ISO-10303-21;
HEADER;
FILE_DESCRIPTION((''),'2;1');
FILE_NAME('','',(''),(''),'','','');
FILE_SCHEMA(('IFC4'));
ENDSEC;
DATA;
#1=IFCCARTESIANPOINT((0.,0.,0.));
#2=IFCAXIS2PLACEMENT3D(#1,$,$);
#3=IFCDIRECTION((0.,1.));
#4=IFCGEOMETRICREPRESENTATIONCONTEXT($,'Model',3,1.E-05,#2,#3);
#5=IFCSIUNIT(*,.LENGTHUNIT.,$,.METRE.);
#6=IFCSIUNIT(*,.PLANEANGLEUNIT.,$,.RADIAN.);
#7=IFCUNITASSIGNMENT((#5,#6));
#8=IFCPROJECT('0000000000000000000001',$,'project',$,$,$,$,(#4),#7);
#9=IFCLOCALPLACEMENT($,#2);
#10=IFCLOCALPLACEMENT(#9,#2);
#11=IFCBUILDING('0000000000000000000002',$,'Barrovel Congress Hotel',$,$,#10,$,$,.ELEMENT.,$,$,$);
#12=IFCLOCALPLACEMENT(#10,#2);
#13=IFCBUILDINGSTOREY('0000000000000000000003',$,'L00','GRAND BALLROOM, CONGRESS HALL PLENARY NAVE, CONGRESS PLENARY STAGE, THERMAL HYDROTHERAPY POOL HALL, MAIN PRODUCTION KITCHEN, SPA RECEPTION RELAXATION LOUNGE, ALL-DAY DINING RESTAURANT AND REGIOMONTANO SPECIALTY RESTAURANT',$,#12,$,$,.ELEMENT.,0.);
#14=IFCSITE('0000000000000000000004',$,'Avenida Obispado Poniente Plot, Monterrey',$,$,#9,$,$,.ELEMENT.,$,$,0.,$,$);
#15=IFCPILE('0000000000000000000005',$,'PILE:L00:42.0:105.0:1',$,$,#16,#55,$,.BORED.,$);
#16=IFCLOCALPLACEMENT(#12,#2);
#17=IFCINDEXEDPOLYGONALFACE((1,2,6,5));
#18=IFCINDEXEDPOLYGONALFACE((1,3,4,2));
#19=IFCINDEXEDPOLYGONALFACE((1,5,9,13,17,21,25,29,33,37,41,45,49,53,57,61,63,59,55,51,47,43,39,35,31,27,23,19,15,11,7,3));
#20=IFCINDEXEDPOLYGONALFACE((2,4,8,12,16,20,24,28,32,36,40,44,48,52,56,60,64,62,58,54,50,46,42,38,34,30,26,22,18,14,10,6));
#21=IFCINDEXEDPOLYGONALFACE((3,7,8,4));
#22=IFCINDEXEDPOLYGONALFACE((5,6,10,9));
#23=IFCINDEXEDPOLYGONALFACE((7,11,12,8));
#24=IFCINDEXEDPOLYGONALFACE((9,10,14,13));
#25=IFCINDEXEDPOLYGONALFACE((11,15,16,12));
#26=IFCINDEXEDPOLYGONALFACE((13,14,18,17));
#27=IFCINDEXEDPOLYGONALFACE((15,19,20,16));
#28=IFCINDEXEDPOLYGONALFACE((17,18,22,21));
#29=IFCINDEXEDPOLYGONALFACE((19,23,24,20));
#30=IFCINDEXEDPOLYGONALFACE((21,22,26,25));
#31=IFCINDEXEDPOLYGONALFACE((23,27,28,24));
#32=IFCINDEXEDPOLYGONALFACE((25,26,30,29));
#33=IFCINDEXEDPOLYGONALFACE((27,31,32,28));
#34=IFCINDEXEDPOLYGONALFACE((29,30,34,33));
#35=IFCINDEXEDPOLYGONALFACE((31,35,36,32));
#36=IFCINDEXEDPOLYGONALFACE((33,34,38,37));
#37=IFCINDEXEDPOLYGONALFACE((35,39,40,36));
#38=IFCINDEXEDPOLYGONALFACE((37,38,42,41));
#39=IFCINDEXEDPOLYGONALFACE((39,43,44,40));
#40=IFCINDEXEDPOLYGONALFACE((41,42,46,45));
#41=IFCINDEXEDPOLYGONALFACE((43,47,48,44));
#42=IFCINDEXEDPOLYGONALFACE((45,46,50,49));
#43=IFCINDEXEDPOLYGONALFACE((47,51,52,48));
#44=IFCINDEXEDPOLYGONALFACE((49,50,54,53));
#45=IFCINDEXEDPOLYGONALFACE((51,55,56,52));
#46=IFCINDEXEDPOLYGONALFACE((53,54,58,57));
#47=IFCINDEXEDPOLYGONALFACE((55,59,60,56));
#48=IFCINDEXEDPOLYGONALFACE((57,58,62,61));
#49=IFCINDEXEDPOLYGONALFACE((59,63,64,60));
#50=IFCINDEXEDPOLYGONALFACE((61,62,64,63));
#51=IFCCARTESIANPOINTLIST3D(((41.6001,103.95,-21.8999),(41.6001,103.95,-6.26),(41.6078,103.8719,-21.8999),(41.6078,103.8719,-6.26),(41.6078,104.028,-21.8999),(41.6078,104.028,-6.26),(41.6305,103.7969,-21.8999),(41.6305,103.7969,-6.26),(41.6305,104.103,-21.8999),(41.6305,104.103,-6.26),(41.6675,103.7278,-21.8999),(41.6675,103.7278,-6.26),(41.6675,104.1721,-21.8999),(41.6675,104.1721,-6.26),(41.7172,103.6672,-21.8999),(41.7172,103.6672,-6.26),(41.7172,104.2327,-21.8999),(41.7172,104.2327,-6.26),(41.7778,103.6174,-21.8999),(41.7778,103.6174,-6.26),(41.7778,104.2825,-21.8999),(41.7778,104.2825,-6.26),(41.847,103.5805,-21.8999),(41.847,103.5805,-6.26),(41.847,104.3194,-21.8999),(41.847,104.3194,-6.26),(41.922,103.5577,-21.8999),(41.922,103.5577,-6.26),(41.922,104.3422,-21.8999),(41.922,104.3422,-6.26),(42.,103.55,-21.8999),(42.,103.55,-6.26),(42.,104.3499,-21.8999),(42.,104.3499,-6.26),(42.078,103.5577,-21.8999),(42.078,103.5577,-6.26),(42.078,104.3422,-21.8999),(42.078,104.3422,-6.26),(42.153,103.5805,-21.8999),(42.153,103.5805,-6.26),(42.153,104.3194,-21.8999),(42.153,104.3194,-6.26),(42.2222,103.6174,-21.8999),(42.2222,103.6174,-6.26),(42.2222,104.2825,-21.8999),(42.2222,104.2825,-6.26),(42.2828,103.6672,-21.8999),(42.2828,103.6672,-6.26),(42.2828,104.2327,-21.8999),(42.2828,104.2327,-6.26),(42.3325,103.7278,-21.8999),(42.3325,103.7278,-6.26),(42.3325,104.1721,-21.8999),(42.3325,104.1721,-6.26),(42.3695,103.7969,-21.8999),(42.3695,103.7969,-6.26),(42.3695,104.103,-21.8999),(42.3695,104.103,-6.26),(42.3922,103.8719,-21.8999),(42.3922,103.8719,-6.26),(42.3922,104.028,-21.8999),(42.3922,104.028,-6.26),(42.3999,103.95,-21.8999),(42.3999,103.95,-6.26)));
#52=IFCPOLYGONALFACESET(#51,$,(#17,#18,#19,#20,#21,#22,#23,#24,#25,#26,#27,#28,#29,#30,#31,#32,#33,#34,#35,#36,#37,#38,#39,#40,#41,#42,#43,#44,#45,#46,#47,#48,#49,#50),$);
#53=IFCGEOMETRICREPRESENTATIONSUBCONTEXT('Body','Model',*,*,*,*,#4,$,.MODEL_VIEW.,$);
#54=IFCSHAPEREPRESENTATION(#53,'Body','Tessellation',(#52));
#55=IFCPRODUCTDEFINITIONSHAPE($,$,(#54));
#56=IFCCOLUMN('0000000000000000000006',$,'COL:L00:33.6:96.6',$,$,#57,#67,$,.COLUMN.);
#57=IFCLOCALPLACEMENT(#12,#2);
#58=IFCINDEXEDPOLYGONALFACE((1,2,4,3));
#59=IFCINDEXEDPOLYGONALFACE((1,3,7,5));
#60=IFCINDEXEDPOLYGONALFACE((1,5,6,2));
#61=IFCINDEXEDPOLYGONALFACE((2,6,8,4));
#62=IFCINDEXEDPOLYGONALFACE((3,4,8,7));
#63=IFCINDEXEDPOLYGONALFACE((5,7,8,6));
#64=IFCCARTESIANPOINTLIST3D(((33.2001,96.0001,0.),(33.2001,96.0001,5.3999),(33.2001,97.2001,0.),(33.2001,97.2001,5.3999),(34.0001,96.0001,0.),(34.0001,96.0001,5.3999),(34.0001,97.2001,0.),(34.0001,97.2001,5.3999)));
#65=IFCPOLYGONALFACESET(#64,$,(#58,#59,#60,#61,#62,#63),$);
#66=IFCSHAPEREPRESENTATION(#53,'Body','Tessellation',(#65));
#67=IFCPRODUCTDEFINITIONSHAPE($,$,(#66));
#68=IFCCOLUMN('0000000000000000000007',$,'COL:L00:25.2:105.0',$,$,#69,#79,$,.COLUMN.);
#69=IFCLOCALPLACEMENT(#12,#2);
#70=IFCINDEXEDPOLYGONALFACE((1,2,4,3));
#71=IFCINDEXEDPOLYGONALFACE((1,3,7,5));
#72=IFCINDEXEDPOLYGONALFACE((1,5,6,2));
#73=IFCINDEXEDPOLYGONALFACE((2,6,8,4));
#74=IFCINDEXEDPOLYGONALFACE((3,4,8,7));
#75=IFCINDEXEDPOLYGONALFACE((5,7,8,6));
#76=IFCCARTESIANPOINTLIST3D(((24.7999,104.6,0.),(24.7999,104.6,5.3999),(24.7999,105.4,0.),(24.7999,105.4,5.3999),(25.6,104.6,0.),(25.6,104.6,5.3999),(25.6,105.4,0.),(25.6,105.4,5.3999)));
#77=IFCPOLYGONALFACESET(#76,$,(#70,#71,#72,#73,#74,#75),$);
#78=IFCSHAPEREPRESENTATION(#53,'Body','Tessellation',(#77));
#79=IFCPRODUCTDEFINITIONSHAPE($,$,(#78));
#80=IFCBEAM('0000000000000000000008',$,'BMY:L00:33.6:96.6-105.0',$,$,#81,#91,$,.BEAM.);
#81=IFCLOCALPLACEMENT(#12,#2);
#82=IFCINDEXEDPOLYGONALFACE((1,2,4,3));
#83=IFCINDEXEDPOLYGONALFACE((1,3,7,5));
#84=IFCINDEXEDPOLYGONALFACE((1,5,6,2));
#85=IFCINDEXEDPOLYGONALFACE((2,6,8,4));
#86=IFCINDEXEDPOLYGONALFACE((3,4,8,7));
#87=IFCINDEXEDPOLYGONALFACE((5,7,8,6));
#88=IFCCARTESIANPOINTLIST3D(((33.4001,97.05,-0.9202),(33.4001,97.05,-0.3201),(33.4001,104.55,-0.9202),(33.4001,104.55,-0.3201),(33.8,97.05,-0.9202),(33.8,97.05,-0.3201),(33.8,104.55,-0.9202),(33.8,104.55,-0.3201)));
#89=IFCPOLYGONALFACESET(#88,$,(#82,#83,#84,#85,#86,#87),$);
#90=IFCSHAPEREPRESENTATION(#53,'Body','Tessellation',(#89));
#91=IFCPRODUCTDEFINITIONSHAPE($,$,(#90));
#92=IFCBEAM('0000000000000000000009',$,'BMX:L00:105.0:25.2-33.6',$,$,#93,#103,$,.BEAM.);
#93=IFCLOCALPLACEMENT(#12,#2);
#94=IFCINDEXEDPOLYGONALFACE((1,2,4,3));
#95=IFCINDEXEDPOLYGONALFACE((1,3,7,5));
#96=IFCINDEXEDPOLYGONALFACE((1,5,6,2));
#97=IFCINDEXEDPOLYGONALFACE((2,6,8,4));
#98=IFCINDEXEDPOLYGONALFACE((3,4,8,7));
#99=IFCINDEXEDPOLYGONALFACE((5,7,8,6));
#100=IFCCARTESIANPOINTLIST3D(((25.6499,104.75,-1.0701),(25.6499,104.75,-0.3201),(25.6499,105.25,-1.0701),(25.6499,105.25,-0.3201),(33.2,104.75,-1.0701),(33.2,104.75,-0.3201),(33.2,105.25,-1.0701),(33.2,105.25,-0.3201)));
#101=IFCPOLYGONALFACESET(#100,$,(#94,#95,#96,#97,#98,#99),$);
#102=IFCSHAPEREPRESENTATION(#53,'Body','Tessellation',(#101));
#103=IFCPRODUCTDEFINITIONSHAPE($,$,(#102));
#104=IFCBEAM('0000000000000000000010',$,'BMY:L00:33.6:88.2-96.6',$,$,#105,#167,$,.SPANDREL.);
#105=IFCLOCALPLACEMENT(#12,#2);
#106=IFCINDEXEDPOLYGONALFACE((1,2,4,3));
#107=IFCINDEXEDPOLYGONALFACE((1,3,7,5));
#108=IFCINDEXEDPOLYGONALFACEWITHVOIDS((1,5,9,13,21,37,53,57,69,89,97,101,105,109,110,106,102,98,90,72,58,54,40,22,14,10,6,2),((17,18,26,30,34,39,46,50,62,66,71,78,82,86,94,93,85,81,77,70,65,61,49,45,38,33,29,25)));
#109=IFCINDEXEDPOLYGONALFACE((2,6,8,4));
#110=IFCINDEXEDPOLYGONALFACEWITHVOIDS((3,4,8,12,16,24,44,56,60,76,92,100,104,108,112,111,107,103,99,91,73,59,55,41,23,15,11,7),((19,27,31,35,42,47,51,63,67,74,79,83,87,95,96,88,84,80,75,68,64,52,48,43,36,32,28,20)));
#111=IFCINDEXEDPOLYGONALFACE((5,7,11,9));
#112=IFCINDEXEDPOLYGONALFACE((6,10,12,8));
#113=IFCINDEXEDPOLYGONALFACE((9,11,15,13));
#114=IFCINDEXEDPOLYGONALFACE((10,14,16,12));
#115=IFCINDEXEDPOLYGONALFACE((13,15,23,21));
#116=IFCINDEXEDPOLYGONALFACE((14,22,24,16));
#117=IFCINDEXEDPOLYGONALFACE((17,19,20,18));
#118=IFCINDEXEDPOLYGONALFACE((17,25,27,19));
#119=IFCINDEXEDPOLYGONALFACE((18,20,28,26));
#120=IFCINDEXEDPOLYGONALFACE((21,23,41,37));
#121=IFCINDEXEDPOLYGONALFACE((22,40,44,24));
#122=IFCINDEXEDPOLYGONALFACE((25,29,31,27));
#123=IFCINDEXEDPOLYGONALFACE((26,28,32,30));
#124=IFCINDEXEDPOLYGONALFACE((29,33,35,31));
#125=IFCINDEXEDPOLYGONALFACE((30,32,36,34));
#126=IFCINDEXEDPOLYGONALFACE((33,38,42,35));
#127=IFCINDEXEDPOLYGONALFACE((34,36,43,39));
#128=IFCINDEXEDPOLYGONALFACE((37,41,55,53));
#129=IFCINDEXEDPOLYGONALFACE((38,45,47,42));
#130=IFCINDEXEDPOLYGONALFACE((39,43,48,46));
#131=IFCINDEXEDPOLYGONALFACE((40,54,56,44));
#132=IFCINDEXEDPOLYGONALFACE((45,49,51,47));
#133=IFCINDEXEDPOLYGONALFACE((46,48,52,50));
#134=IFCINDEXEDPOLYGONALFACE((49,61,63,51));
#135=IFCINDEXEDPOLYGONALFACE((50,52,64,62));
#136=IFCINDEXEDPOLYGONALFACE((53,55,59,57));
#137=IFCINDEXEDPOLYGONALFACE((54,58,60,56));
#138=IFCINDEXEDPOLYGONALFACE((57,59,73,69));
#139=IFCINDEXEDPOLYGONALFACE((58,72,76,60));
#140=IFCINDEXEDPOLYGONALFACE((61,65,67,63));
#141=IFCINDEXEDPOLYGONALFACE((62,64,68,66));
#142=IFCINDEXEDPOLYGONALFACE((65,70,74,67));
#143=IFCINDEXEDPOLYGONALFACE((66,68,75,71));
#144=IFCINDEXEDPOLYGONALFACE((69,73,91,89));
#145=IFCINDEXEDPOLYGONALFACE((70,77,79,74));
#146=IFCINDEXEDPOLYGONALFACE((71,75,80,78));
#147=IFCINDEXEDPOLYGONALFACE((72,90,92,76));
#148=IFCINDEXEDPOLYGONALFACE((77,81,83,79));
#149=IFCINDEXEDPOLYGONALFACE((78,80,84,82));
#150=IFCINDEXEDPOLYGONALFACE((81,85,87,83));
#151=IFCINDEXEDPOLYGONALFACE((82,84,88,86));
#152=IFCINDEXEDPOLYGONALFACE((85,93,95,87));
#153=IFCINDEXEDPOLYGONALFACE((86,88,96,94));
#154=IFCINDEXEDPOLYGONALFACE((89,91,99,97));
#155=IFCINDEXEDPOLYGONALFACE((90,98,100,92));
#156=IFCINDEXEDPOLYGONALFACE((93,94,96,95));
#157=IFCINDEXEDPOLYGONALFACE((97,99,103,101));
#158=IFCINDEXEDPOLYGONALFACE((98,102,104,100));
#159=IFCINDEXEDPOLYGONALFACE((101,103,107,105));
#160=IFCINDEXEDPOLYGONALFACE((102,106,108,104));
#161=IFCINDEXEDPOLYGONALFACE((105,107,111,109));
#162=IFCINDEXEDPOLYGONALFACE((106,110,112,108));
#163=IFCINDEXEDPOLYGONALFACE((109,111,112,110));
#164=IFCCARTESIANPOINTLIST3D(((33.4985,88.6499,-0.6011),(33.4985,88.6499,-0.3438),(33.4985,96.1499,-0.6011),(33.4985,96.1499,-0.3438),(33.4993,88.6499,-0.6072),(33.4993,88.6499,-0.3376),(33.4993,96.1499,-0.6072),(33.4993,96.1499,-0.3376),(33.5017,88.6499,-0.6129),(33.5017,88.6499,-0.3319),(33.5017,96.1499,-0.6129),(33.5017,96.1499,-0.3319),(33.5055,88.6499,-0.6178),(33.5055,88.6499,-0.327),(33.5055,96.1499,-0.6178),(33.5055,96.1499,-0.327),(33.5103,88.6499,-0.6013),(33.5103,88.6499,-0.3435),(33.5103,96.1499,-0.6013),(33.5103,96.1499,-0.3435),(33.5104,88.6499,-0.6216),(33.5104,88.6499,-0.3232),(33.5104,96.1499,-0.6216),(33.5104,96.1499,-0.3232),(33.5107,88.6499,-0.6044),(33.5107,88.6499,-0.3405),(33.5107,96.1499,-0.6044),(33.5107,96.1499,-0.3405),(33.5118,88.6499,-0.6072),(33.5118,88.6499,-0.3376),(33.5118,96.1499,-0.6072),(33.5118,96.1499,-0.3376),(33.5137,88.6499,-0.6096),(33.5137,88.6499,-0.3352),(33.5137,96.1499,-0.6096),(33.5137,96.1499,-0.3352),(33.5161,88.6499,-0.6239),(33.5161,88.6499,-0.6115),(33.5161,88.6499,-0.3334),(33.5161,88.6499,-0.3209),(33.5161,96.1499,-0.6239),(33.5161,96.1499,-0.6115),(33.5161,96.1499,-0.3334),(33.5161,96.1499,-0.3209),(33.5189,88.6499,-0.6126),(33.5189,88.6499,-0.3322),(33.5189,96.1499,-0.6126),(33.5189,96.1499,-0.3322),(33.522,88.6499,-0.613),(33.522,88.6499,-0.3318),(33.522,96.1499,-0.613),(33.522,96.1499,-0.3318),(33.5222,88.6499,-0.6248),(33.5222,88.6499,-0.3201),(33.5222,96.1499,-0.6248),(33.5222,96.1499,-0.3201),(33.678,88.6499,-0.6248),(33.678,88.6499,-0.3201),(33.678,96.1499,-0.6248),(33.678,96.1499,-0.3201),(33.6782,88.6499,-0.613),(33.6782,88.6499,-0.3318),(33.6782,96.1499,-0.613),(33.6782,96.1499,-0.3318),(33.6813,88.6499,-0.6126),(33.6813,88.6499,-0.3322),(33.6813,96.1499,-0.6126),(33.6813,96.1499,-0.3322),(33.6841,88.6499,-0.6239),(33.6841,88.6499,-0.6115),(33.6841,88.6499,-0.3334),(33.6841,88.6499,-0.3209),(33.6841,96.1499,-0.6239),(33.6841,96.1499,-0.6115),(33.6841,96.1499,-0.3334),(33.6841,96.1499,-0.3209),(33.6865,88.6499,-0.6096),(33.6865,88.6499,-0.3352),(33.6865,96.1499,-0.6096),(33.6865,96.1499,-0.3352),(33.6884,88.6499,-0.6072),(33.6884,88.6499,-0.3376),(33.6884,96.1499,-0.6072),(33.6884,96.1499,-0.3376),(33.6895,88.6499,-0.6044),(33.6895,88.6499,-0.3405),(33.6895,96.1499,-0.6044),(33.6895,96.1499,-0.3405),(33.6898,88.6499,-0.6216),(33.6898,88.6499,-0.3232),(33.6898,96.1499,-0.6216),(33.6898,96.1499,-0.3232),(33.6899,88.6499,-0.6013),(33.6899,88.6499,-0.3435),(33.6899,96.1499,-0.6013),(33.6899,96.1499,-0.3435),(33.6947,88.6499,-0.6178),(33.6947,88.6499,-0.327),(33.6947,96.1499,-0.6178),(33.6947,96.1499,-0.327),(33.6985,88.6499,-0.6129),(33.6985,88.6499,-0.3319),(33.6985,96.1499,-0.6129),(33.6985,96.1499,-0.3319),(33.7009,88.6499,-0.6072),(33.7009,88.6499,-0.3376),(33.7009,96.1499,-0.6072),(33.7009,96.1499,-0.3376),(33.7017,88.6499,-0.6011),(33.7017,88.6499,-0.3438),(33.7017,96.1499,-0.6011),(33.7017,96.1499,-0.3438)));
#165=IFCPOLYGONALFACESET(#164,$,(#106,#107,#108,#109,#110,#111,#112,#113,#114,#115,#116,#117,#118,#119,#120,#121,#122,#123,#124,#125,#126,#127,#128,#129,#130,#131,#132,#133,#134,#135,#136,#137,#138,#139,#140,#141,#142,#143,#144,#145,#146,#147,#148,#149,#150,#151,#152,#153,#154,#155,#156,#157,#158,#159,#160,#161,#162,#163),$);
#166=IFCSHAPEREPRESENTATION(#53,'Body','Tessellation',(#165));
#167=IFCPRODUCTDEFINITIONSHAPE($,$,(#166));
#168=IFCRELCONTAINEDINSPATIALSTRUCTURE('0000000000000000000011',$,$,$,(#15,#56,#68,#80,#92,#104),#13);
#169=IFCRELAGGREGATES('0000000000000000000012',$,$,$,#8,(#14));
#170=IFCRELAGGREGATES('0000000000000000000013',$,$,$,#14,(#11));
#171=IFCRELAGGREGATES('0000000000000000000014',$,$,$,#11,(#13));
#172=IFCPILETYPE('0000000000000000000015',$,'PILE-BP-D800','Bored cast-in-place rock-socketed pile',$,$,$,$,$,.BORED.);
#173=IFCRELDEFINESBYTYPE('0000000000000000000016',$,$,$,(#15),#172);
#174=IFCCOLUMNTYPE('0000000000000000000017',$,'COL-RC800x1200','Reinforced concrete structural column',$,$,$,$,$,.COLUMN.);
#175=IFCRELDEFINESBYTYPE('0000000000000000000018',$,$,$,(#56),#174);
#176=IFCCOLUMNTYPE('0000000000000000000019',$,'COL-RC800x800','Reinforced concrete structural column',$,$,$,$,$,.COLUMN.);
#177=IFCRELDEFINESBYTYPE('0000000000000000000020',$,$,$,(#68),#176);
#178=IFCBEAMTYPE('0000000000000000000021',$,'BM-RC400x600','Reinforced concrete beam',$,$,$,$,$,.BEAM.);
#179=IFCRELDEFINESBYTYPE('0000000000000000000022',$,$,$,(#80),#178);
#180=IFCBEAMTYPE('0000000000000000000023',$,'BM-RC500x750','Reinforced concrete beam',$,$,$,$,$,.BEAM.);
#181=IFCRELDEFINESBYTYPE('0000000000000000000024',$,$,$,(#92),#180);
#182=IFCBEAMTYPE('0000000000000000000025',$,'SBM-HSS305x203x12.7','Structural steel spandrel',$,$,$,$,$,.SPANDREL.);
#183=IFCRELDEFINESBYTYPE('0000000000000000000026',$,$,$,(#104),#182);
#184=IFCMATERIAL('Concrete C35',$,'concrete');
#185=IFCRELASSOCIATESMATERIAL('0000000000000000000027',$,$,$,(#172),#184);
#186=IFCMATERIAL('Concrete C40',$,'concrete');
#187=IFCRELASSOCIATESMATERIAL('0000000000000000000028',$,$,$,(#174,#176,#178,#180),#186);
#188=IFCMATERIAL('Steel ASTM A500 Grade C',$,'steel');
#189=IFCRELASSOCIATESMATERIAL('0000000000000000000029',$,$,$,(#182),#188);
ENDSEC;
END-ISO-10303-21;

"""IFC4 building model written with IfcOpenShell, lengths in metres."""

from ifc_helpers import new_model, si_unit, direction, frame, origin, origin_2d, place, context, subcontext, project, spatial, rectangle, hollow_rectangle, circle, extrude, material, material_profile, profile_set, type_object, element, save


model = new_model("IFC4")

# Units and contexts
model_context = context("Model", 3, precision=1e-05, world=origin(), true_north=direction((0.0, 1.0)))
body_context = subcontext(model_context, "Body", "Model", "MODEL_VIEW")
ifc_project = project(units=[si_unit("LENGTHUNIT", "METRE"), si_unit("PLANEANGLEUNIT", "RADIAN")], contexts=[model_context])

# Site, building, storey
site_placement = place(None, origin())
site = spatial("IfcSite", under=ifc_project, at=site_placement, Name="Avenida Obispado Poniente Plot, Monterrey", CompositionType="ELEMENT", RefElevation=0.0)
building_placement = place(site_placement, origin())
building = spatial("IfcBuilding", under=site, at=building_placement, Name="Barrovel Congress Hotel", CompositionType="ELEMENT")
storey_placement = place(building_placement, origin())
storey = spatial("IfcBuildingStorey", under=building, at=storey_placement, Name="L00", Description="GRAND BALLROOM, CONGRESS HALL PLENARY NAVE, CONGRESS PLENARY STAGE, THERMAL HYDROTHERAPY POOL HALL, MAIN PRODUCTION KITCHEN, SPA RECEPTION RELAXATION LOUNGE, ALL-DAY DINING RESTAURANT AND REGIOMONTANO SPECIALTY RESTAURANT", CompositionType="ELEMENT", Elevation=0.0)

# Shared definitions
ifc_material_1 = material(Name="Concrete C40", Category="concrete")

# Pile
ifc_material_2 = material(Name="Concrete C35", Category="concrete")
ifc_material_profile_1 = material_profile(ifc_material_2, circle(Radius=0.3999, at=origin_2d()), Name="BP-D800")
ifc_profile_set_1 = profile_set([ifc_material_profile_1], Name="Concrete C35")
pile_type_1 = type_object("IfcPileType", Name="PILE-BP-D800", Description="Bored cast-in-place rock-socketed pile", PredefinedType="BORED", material=ifc_profile_set_1)
for number, where, z_axis, x_axis, name in (
    (1, (42.0, 103.95, -6.26), (0.0, 0.0, -1.0), (1.0, 0.0, 0.0), "PILE:L00:42.0:105.0:1"),
):
    element("IfcPile", number, at=place(storey_placement, frame(where, z_axis=z_axis, x_axis=x_axis)), inside=storey, type_object=pile_type_1, Name=name, PredefinedType="BORED", context=body_context, shape_type="SweptSolid", body=[
        extrude(circle(Radius=0.3999, at=origin_2d()), origin(), (0.0, 0.0, 1.0), 15.6399),
    ])

# Columns
ifc_material_profile_2 = material_profile(ifc_material_1, rectangle(XDim=0.8, YDim=1.2, at=origin_2d()), Name="RC800x1200")
ifc_profile_set_2 = profile_set([ifc_material_profile_2], Name="Concrete C40")
column_type_1 = type_object("IfcColumnType", Name="COL-RC800x1200", Description="Reinforced concrete structural column", PredefinedType="COLUMN", material=ifc_profile_set_2)
column_1_placement = place(storey_placement, frame((33.6001, 96.6001, 0.0), z_axis=(0.0, 0.0, 1.0), x_axis=(1.0, 0.0, 0.0)))
element("IfcColumn", 2, at=column_1_placement, inside=storey, type_object=column_type_1, Name="COL:L00:33.6:96.6", PredefinedType="COLUMN", context=body_context, shape_type="SweptSolid", body=[
    extrude(rectangle(XDim=0.8, YDim=1.2, at=origin_2d()), origin(), (0.0, 0.0, 1.0), 5.3999),
])
ifc_material_profile_3 = material_profile(ifc_material_1, rectangle(XDim=0.8, YDim=0.8, at=origin_2d()), Name="RC800x800")
ifc_profile_set_3 = profile_set([ifc_material_profile_3], Name="Concrete C40")
column_type_2 = type_object("IfcColumnType", Name="COL-RC800x800", Description="Reinforced concrete structural column", PredefinedType="COLUMN", material=ifc_profile_set_3)
column_2_placement = place(storey_placement, frame((25.2, 105.0, 0.0), z_axis=(0.0, 0.0, 1.0), x_axis=(1.0, 0.0, 0.0)))
element("IfcColumn", 3, at=column_2_placement, inside=storey, type_object=column_type_2, Name="COL:L00:25.2:105.0", PredefinedType="COLUMN", context=body_context, shape_type="SweptSolid", body=[
    extrude(rectangle(XDim=0.8, YDim=0.8, at=origin_2d()), origin(), (0.0, 0.0, 1.0), 5.3999),
])

# Beams
ifc_material_profile_4 = material_profile(ifc_material_1, rectangle(XDim=0.3999, YDim=0.6001, at=origin_2d()), Name="RC400x600")
ifc_profile_set_4 = profile_set([ifc_material_profile_4], Name="Concrete C40")
beam_type_1 = type_object("IfcBeamType", Name="BM-RC400x600", Description="Reinforced concrete beam", PredefinedType="BEAM", material=ifc_profile_set_4)
beam_1_placement = place(storey_placement, frame((33.6001, 97.05, -0.6201), z_axis=(0.0, 1.0, 0.0), x_axis=(-1.0, 0.0, 0.0)))
element("IfcBeam", 4, at=beam_1_placement, inside=storey, type_object=beam_type_1, Name="BMY:L00:33.6:96.6-105.0", PredefinedType="BEAM", context=body_context, shape_type="SweptSolid", body=[
    extrude(rectangle(XDim=0.3999, YDim=0.6001, at=origin_2d()), origin(), (0.0, 0.0, 1.0), 7.5),
])
ifc_material_profile_5 = material_profile(ifc_material_1, rectangle(XDim=0.5, YDim=0.75, at=origin_2d()), Name="RC500x750")
ifc_profile_set_5 = profile_set([ifc_material_profile_5], Name="Concrete C40")
beam_type_2 = type_object("IfcBeamType", Name="BM-RC500x750", Description="Reinforced concrete beam", PredefinedType="BEAM", material=ifc_profile_set_5)
beam_2_placement = place(storey_placement, frame((25.6499, 105.0, -0.6951), z_axis=(1.0, 0.0, 0.0), x_axis=(0.0, 1.0, 0.0)))
element("IfcBeam", 5, at=beam_2_placement, inside=storey, type_object=beam_type_2, Name="BMX:L00:105.0:25.2-33.6", PredefinedType="BEAM", context=body_context, shape_type="SweptSolid", body=[
    extrude(rectangle(XDim=0.5, YDim=0.75, at=origin_2d()), origin(), (0.0, 0.0, 1.0), 7.55),
])
ifc_material_3 = material(Name="Steel ASTM A500 Grade C", Category="steel")
ifc_material_profile_6 = material_profile(ifc_material_3, hollow_rectangle(XDim=0.2031, YDim=0.3047, WallThickness=0.0117, InnerFilletRadius=0.0117, OuterFilletRadius=0.0237, at=origin_2d()), Name="HSS305x203x12.7")
ifc_profile_set_6 = profile_set([ifc_material_profile_6], Name="Steel ASTM A500 Grade C")
beam_type_3 = type_object("IfcBeamType", Name="SBM-HSS305x203x12.7", Description="Structural steel spandrel", PredefinedType="SPANDREL", material=ifc_profile_set_6)
beam_3_placement = place(storey_placement, frame((33.6001, 88.6499, -0.4724), z_axis=(0.0, 1.0, 0.0), x_axis=(-1.0, 0.0, 0.0)))
element("IfcBeam", 6, at=beam_3_placement, inside=storey, type_object=beam_type_3, Name="BMY:L00:33.6:88.2-96.6", PredefinedType="SPANDREL", context=body_context, shape_type="SweptSolid", body=[
    extrude(hollow_rectangle(XDim=0.2031, YDim=0.3047, WallThickness=0.0117, InnerFilletRadius=0.0117, OuterFilletRadius=0.0237, at=origin_2d()), origin(), (0.0, 0.0, 1.0), 7.5),
])

save(model, "model.ifc")
